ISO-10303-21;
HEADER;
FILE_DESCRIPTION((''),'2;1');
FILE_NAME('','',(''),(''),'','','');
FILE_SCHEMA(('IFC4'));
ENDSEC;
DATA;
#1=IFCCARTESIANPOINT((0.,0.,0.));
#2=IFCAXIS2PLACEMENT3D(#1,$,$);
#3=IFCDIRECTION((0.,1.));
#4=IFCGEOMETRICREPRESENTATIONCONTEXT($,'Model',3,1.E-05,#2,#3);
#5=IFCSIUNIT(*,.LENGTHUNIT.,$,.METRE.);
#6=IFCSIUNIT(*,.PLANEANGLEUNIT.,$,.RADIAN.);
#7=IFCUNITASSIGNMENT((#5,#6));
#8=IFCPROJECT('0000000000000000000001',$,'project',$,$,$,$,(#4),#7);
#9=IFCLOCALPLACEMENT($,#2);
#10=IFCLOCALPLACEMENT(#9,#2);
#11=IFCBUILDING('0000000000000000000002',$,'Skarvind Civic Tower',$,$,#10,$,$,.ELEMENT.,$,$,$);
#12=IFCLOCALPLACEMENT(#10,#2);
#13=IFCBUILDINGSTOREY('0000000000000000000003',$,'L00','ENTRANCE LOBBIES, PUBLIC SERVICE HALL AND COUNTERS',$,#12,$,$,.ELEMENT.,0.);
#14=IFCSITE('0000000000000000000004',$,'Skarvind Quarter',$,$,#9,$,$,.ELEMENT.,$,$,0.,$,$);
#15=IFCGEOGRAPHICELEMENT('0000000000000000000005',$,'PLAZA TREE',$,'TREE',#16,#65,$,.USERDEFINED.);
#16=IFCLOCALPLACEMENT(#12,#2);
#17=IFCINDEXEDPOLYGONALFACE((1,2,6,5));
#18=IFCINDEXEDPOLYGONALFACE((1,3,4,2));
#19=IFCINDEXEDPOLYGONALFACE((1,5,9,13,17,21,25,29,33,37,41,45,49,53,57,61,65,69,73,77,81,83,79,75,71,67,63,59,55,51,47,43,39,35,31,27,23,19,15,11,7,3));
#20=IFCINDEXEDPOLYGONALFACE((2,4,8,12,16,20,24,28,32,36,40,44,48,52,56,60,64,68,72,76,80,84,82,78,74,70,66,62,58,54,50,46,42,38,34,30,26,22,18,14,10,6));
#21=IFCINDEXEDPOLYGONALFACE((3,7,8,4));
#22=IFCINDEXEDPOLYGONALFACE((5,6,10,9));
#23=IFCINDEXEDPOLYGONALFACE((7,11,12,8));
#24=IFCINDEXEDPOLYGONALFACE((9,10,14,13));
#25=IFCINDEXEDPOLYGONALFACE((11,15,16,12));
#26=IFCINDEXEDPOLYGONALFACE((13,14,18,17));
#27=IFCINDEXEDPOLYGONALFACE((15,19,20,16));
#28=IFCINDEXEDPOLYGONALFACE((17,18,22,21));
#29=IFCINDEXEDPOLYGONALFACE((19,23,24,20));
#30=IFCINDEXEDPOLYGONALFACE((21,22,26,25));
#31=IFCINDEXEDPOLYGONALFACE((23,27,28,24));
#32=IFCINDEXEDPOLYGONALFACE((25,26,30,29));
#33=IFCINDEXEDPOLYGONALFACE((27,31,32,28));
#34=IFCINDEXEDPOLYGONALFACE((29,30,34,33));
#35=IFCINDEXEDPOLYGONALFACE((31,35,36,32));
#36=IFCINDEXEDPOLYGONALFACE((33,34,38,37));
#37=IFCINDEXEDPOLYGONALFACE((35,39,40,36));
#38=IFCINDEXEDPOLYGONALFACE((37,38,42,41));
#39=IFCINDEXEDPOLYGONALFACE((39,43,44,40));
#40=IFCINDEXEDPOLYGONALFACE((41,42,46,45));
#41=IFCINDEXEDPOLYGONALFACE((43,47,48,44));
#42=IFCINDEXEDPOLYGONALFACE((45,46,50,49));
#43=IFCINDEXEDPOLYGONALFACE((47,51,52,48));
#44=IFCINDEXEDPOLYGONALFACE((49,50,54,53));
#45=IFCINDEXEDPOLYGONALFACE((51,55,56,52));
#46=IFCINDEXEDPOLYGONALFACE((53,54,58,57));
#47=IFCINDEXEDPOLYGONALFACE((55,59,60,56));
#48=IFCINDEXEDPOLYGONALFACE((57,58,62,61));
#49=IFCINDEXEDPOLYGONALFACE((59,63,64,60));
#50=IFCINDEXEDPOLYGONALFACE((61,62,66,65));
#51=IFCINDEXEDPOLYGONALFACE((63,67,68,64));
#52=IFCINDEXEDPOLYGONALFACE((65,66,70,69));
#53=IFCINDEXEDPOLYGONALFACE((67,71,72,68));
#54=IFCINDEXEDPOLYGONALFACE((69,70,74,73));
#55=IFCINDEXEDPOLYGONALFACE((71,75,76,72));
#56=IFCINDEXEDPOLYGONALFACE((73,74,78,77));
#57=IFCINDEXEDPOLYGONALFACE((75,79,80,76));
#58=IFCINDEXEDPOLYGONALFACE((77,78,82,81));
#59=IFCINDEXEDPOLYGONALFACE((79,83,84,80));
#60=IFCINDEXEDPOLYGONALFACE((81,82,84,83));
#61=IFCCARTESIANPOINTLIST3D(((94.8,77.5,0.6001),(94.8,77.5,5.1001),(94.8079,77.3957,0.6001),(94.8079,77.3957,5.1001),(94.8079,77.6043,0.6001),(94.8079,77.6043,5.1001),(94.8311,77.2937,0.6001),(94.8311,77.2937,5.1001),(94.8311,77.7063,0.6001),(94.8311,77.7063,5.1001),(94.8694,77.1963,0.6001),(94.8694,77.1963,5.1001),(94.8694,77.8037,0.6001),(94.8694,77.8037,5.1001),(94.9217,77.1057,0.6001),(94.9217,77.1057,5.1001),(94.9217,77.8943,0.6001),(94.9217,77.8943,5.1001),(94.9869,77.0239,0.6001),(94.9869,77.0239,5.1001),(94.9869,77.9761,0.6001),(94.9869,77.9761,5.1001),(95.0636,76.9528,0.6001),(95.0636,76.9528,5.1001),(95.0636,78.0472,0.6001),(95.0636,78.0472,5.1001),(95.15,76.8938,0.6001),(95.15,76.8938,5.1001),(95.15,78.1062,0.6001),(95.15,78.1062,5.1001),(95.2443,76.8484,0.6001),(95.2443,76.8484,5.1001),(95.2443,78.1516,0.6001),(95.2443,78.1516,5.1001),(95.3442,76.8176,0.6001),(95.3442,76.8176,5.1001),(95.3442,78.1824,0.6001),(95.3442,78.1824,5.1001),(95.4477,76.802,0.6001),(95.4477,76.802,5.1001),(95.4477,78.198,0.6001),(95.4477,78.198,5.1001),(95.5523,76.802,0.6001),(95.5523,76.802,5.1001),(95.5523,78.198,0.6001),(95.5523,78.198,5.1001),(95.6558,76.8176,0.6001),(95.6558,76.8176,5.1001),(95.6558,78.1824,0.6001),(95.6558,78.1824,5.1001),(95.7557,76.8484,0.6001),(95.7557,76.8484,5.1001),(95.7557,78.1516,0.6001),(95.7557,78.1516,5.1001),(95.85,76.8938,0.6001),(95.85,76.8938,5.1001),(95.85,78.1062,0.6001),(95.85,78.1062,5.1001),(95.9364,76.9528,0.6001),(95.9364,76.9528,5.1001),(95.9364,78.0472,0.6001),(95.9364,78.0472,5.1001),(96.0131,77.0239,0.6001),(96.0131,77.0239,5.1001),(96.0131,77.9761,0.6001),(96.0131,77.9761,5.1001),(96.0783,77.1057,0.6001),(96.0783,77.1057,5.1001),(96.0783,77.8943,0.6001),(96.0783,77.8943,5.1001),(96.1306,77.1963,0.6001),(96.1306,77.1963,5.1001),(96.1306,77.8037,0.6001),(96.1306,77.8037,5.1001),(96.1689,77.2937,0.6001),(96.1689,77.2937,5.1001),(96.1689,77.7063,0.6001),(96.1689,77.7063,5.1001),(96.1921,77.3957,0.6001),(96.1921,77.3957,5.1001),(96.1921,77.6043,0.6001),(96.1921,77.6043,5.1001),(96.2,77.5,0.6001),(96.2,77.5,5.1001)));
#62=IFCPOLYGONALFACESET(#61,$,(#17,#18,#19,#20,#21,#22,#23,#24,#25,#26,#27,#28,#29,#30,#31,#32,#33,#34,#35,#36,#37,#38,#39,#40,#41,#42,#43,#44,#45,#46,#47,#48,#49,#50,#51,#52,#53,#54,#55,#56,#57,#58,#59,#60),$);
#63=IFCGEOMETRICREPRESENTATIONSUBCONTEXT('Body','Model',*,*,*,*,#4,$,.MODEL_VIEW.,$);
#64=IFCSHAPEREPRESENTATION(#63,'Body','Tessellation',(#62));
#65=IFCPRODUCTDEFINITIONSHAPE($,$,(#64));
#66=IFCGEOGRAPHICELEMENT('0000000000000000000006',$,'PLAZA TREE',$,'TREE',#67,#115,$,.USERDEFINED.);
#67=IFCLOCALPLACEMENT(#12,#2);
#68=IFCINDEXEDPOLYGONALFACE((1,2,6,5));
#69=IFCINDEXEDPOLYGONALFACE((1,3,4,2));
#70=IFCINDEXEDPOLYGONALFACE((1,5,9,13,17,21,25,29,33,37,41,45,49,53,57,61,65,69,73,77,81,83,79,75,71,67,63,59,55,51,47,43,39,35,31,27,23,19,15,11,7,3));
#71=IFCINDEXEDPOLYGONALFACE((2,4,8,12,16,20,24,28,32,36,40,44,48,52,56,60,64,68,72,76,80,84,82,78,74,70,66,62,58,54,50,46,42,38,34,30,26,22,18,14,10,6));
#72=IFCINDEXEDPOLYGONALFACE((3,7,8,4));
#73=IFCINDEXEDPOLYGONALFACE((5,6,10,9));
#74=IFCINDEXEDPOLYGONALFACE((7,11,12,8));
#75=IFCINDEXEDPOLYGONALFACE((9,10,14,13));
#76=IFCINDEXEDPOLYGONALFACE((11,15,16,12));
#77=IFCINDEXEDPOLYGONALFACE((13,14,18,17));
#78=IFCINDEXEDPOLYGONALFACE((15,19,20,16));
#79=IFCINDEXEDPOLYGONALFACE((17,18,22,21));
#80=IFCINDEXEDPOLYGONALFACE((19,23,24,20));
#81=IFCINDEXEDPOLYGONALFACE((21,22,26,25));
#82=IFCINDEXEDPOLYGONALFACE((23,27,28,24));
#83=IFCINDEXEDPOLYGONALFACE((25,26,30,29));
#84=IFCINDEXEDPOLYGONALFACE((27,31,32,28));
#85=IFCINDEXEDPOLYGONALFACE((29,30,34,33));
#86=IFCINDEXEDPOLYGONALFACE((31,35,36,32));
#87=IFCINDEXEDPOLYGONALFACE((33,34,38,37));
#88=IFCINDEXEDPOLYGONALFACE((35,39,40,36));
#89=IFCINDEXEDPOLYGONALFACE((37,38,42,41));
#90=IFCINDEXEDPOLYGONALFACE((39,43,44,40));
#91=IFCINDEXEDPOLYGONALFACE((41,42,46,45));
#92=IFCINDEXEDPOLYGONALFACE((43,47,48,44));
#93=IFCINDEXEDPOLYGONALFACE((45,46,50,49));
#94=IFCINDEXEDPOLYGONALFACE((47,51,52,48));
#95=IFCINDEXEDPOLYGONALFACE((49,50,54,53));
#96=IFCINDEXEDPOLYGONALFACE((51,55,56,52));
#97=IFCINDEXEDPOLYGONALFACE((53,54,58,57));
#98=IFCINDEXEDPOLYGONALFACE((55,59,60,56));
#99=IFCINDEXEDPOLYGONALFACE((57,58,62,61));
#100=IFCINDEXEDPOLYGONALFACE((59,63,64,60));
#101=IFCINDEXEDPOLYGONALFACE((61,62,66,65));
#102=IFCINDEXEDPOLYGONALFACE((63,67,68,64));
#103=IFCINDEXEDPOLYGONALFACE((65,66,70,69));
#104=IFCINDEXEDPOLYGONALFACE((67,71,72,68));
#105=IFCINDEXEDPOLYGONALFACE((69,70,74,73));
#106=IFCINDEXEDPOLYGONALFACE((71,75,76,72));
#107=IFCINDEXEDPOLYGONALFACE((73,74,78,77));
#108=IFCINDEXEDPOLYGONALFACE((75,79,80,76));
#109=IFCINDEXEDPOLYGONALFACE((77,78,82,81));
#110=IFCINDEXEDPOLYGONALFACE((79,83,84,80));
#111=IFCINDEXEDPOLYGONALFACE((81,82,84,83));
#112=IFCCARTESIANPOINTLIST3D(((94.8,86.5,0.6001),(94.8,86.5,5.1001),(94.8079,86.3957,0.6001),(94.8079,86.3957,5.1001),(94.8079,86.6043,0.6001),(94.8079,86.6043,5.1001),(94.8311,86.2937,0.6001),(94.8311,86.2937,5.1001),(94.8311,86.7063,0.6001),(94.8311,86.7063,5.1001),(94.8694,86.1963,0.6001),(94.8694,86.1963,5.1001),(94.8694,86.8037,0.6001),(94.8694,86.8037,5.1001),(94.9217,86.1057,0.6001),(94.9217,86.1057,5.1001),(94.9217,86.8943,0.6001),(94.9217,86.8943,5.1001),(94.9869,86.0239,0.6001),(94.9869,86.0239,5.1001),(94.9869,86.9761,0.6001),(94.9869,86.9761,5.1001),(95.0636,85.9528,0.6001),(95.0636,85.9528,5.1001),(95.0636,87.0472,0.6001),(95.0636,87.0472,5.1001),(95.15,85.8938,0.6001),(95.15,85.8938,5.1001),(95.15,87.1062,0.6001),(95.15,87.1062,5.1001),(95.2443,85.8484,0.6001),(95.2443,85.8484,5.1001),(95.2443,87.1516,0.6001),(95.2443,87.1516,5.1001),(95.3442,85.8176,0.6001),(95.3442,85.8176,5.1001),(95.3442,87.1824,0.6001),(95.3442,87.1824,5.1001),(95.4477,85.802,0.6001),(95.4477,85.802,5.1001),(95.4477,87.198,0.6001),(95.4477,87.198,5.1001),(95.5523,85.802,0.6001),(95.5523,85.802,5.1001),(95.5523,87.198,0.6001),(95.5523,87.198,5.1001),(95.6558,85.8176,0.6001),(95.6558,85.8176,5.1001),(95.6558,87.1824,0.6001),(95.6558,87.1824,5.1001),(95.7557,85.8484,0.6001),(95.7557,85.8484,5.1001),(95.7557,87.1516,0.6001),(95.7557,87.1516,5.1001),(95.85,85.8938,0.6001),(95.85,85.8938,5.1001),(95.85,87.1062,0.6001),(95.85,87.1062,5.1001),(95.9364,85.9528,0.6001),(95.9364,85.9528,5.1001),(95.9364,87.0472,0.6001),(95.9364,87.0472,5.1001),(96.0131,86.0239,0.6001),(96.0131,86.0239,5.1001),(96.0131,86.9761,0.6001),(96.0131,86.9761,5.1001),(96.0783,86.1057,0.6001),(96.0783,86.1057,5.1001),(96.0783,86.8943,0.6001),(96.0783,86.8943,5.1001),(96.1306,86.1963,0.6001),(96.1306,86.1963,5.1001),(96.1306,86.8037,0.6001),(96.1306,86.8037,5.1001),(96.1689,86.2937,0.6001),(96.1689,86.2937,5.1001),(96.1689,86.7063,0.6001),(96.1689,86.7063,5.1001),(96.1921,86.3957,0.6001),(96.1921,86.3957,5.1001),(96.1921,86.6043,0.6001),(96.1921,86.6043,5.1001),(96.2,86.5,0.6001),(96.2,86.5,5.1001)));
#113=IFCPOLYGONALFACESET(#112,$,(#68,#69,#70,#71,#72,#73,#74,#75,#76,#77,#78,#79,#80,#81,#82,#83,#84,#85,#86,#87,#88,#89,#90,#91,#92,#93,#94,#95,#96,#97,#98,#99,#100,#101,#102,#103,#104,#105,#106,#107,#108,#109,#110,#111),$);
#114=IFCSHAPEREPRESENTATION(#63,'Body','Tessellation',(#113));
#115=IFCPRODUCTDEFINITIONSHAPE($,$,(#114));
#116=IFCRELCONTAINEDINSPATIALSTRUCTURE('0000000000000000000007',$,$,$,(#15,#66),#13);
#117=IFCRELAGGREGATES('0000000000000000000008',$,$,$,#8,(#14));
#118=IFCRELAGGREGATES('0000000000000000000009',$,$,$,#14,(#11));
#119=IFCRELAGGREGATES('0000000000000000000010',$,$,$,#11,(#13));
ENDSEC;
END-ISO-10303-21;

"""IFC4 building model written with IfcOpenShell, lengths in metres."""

from ifc_helpers import new_model, si_unit, direction, frame, origin, origin_2d, place, context, subcontext, project, spatial, circle, extrude, element, save


model = new_model("IFC4")

# Units and contexts
model_context = context("Model", 3, precision=1e-05, world=origin(), true_north=direction((0.0, 1.0)))
body_context = subcontext(model_context, "Body", "Model", "MODEL_VIEW")
ifc_project = project(units=[si_unit("LENGTHUNIT", "METRE"), si_unit("PLANEANGLEUNIT", "RADIAN")], contexts=[model_context])

# Site, building, storey
site_placement = place(None, origin())
site = spatial("IfcSite", under=ifc_project, at=site_placement, Name="Skarvind Quarter", CompositionType="ELEMENT", RefElevation=0.0)
building_placement = place(site_placement, origin())
building = spatial("IfcBuilding", under=site, at=building_placement, Name="Skarvind Civic Tower", CompositionType="ELEMENT")
storey_placement = place(building_placement, origin())
storey = spatial("IfcBuildingStorey", under=building, at=storey_placement, Name="L00", Description="ENTRANCE LOBBIES, PUBLIC SERVICE HALL AND COUNTERS", CompositionType="ELEMENT", Elevation=0.0)

# Geographic elements
for number, where, z_axis, x_axis, name in (
    (1, (95.5, 77.5, 0.6001), (0.0, 0.0, 1.0), (1.0, 0.0, 0.0), "PLAZA TREE"),
    (2, (95.5, 86.5, 0.6001), (0.0, 0.0, 1.0), (1.0, 0.0, 0.0), "PLAZA TREE"),
):
    element("IfcGeographicElement", number, at=place(storey_placement, frame(where, z_axis=z_axis, x_axis=x_axis)), inside=storey, Name=name, ObjectType="TREE", PredefinedType="USERDEFINED", context=body_context, shape_type="SweptSolid", body=[
        extrude(circle(Radius=0.7, at=origin_2d()), origin(), (0.0, 0.0, 1.0), 4.5),
    ])

save(model, "model.ifc")
